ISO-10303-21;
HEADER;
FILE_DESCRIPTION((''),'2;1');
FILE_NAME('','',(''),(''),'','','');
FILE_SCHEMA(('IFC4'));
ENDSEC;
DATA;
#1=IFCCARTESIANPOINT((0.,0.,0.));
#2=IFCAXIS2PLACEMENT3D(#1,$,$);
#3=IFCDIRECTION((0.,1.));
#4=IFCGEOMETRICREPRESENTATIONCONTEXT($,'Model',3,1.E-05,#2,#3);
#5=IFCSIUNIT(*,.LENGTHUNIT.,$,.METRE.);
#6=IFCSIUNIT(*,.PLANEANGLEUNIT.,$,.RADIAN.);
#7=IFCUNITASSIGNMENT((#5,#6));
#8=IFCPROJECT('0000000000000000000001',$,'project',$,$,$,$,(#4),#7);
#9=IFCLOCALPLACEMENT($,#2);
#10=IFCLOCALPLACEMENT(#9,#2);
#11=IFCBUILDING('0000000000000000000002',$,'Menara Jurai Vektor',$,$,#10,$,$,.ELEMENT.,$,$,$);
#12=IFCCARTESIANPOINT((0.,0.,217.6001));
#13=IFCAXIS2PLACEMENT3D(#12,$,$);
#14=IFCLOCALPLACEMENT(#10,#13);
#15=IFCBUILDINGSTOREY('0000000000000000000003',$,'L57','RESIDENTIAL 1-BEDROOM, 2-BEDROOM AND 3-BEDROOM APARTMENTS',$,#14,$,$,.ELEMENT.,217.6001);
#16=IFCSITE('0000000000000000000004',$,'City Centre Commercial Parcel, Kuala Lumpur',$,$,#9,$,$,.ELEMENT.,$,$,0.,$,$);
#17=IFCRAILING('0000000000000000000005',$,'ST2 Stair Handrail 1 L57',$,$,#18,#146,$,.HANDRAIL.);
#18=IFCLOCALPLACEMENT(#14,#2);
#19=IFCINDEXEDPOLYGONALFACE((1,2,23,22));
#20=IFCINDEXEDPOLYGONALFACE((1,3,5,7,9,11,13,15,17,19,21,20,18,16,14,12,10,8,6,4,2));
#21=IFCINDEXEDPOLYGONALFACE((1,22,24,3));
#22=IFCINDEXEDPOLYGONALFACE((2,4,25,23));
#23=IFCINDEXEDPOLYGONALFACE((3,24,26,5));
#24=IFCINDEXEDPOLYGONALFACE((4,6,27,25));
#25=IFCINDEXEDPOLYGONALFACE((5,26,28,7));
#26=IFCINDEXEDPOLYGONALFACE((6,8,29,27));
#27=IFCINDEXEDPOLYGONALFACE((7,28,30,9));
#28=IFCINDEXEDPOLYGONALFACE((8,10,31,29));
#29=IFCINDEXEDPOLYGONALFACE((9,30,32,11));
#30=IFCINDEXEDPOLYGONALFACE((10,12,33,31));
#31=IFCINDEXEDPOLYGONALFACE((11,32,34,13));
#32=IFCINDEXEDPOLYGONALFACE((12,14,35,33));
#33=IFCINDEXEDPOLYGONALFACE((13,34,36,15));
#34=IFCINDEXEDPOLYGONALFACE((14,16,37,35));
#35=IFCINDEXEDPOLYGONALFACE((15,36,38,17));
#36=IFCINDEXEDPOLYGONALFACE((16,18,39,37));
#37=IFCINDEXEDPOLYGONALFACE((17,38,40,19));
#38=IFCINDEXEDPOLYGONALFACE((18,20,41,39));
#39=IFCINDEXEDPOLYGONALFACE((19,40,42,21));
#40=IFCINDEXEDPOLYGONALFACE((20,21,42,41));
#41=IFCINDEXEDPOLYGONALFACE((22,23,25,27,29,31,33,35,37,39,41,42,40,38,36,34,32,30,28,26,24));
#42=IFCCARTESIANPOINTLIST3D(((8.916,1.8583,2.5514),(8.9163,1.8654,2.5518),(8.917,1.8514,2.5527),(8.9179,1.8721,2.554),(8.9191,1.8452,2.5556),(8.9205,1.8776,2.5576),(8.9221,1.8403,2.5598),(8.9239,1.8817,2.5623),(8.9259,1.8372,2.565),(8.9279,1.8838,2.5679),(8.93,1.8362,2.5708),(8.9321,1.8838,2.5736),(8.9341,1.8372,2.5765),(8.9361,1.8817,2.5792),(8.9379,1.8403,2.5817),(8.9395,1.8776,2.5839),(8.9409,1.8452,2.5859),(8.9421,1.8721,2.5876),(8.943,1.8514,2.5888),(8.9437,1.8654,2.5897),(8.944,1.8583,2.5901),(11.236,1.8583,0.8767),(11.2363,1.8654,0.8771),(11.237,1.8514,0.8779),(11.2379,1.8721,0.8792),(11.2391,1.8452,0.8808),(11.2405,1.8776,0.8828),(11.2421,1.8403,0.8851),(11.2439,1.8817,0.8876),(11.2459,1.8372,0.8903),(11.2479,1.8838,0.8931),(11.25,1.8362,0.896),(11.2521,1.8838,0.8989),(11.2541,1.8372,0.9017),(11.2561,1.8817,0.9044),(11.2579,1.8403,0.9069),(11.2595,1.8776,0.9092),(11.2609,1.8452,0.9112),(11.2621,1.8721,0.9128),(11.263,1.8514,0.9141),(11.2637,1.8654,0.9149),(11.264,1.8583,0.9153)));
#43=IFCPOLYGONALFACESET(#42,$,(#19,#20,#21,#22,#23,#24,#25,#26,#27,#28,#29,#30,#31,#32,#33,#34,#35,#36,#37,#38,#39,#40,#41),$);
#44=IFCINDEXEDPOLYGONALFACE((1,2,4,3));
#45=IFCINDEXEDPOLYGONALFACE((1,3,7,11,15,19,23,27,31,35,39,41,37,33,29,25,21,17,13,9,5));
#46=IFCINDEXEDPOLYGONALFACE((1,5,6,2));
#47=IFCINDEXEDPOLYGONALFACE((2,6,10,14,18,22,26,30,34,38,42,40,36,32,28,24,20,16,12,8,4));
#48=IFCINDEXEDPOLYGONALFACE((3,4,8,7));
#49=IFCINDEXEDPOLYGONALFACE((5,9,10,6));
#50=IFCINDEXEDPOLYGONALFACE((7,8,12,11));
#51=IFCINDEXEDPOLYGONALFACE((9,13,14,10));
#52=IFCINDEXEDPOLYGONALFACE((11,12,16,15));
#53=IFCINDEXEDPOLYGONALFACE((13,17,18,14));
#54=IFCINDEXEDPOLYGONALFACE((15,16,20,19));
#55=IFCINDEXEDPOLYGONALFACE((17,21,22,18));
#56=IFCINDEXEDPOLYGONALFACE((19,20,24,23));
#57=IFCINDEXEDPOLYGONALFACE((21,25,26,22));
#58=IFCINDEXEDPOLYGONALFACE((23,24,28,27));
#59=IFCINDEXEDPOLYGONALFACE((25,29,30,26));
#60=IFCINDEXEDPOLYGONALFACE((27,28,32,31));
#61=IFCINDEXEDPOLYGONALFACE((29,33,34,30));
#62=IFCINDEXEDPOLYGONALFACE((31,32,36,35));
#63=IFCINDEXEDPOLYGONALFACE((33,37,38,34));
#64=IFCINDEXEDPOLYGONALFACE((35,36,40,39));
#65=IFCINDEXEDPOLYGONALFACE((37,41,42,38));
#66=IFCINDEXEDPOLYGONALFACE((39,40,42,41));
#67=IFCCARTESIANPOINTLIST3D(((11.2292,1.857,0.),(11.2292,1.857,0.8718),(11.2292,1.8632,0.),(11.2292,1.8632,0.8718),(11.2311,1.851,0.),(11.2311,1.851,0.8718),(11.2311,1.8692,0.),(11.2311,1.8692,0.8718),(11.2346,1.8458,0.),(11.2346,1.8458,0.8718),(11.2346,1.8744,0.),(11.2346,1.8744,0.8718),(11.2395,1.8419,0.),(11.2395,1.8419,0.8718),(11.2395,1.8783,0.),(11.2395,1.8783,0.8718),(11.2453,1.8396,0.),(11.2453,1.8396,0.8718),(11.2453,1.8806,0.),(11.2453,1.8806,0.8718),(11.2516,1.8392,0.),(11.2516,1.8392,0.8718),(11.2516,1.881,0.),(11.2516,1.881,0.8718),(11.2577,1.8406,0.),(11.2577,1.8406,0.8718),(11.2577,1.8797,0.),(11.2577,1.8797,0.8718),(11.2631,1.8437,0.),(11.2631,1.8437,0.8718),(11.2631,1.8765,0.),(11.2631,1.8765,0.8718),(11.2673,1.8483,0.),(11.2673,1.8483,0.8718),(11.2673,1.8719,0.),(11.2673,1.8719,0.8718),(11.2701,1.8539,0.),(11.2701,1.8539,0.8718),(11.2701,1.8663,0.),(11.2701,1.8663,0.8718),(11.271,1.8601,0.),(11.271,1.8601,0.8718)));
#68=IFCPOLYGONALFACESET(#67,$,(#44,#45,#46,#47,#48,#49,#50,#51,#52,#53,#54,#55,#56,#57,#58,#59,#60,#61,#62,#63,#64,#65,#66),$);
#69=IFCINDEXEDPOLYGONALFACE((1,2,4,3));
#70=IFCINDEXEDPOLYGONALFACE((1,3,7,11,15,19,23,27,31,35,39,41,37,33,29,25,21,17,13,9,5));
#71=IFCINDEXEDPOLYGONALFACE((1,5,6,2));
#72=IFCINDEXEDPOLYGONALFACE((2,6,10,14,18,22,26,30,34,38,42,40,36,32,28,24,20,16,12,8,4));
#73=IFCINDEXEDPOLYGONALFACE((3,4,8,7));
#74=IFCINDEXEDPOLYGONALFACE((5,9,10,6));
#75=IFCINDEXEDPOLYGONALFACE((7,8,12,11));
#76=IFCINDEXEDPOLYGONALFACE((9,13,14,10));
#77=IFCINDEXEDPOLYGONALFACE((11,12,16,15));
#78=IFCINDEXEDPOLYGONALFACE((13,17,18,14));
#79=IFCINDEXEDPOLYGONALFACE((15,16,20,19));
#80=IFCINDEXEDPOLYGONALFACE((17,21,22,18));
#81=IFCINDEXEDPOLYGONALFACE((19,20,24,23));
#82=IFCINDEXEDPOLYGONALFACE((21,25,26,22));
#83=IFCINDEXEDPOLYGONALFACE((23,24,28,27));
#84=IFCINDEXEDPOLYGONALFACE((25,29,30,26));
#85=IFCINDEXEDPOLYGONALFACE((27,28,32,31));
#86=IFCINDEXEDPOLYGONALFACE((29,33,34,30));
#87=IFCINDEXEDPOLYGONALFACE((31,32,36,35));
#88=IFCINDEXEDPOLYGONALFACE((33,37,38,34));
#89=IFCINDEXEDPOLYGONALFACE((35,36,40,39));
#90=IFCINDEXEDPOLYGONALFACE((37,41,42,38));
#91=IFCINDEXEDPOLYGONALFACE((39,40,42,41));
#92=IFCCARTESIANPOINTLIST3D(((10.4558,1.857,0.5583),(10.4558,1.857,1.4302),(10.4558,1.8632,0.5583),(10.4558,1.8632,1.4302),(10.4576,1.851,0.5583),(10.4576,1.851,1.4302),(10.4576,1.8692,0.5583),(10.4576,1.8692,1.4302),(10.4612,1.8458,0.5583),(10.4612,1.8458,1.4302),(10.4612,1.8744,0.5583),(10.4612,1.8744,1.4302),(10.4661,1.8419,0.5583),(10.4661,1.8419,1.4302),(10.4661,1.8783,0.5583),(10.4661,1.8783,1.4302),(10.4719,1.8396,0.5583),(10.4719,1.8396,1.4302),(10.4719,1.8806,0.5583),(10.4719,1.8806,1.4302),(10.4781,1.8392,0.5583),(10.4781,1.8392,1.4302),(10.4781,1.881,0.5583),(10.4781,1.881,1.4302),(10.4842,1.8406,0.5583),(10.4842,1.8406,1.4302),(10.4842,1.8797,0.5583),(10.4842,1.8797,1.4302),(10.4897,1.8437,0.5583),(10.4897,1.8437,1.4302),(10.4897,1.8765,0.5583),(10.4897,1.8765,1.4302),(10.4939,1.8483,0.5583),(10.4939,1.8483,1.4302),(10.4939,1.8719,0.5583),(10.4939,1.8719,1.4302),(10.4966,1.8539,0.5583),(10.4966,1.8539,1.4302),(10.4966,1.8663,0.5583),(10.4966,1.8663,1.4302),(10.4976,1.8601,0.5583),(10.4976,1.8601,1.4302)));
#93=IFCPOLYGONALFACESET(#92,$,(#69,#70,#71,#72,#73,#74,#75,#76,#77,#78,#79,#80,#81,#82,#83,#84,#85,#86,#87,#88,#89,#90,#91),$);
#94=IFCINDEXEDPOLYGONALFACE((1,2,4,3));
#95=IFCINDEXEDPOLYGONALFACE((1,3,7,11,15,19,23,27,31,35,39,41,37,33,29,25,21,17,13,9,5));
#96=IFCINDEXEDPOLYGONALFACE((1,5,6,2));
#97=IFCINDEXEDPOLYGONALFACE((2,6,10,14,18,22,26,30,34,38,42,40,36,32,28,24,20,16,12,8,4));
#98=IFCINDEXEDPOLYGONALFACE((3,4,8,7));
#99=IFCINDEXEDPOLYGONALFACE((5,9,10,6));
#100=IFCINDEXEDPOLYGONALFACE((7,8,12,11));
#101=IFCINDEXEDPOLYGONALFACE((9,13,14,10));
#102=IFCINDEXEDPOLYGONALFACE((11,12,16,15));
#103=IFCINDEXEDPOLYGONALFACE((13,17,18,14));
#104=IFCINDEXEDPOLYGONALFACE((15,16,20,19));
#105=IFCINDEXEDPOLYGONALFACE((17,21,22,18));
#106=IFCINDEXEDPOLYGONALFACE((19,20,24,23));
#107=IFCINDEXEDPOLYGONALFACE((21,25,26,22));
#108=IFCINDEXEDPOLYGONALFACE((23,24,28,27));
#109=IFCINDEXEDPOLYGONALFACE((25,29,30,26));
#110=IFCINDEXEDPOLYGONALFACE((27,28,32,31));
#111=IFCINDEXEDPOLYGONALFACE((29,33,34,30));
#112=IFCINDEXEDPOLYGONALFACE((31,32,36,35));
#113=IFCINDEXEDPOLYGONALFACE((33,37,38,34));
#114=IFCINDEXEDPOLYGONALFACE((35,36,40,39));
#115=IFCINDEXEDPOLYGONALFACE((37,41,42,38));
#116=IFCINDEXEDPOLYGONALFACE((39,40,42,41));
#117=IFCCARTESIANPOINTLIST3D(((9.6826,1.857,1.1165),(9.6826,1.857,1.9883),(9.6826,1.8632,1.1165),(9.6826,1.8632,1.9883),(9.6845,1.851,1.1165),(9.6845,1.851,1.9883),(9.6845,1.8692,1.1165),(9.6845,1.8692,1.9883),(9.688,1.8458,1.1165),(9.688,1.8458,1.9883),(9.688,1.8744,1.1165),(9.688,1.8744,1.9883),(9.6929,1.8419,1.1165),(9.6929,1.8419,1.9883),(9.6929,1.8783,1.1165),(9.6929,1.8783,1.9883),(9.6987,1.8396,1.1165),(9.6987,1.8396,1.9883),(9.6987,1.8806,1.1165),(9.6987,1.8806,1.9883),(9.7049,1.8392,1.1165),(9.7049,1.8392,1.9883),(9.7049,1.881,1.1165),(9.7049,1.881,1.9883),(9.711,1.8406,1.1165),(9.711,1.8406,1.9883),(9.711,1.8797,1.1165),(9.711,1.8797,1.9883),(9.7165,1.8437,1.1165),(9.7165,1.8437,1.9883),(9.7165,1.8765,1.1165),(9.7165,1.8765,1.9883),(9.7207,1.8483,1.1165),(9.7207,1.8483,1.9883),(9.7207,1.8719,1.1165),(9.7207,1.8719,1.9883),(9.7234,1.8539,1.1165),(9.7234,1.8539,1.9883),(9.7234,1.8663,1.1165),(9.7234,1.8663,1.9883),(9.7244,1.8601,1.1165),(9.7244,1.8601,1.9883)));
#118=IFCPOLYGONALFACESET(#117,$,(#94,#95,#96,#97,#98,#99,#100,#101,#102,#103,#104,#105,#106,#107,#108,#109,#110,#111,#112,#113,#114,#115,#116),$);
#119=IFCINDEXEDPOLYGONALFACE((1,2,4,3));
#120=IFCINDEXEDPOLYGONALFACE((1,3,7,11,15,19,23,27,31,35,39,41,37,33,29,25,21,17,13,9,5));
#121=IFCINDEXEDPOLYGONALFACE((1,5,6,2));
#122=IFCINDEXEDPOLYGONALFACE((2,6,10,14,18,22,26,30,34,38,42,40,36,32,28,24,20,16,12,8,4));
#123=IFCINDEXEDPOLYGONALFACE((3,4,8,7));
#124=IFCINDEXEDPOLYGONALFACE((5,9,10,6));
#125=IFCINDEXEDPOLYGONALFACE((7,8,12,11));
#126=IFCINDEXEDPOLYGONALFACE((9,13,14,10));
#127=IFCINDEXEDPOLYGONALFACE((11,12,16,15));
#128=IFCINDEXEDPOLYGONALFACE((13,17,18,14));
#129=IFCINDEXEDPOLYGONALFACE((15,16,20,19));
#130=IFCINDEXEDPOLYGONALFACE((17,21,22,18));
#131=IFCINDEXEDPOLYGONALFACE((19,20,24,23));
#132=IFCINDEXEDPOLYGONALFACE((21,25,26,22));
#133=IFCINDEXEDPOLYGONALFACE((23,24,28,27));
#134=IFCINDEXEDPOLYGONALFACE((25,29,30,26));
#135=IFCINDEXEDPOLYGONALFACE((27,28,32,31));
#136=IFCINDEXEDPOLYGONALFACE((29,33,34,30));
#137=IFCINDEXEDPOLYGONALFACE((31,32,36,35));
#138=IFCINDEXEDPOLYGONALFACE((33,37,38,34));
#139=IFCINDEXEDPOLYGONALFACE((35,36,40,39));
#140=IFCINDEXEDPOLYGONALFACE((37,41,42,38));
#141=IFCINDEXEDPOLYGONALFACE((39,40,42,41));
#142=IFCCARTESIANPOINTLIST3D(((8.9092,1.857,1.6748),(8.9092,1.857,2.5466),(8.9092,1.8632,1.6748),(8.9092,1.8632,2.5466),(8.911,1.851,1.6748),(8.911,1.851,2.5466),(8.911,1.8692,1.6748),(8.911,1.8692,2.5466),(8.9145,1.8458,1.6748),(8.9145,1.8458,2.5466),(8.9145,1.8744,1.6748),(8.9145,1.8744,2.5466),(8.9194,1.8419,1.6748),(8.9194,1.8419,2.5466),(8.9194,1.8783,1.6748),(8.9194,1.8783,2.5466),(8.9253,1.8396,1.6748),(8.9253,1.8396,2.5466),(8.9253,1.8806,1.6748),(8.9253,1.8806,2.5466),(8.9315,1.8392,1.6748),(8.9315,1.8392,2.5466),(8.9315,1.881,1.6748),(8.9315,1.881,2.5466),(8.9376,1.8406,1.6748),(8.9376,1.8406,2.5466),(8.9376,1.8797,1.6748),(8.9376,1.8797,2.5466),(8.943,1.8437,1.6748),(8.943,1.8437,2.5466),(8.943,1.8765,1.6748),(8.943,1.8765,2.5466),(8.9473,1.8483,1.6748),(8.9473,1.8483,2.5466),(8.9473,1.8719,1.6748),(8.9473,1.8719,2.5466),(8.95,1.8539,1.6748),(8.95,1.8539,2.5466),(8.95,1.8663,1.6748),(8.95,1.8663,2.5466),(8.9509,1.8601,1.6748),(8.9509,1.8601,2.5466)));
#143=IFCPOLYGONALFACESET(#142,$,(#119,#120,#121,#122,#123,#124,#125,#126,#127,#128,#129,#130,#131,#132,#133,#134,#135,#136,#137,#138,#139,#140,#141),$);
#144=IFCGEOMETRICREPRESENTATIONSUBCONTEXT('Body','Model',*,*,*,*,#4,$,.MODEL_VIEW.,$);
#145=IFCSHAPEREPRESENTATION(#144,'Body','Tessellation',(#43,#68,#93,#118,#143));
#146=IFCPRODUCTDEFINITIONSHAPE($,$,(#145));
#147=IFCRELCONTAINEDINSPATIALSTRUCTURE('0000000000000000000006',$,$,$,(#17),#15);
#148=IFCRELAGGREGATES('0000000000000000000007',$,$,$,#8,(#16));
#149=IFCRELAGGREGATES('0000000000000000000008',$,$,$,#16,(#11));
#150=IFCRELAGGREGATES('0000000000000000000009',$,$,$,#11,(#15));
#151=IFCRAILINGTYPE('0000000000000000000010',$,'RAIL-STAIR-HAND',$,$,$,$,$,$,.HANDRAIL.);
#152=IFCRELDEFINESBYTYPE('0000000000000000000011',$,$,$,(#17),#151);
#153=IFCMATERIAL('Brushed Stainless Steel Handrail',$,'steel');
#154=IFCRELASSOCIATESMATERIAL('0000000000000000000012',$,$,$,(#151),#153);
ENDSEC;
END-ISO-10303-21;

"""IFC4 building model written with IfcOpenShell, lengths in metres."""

from ifc_helpers import new_model, si_unit, direction, frame, origin, origin_2d, place, context, subcontext, project, spatial, circle, extrude, material, type_object, element, save


model = new_model("IFC4")

# Units and contexts
model_context = context("Model", 3, precision=1e-05, world=origin(), true_north=direction((0.0, 1.0)))
body_context = subcontext(model_context, "Body", "Model", "MODEL_VIEW")
ifc_project = project(units=[si_unit("LENGTHUNIT", "METRE"), si_unit("PLANEANGLEUNIT", "RADIAN")], contexts=[model_context])

# Site, building, storey
site_placement = place(None, origin())
site = spatial("IfcSite", under=ifc_project, at=site_placement, Name="City Centre Commercial Parcel, Kuala Lumpur", CompositionType="ELEMENT", RefElevation=0.0)
building_placement = place(site_placement, origin())
building = spatial("IfcBuilding", under=site, at=building_placement, Name="Menara Jurai Vektor", CompositionType="ELEMENT")
storey_placement = place(building_placement, frame((0.0, 0.0, 217.6001)))
storey = spatial("IfcBuildingStorey", under=building, at=storey_placement, Name="L57", Description="RESIDENTIAL 1-BEDROOM, 2-BEDROOM AND 3-BEDROOM APARTMENTS", CompositionType="ELEMENT", Elevation=217.6001)

# Railing
ifc_material_1 = material(Name="Brushed Stainless Steel Handrail", Category="steel")
railing_type_1 = type_object("IfcRailingType", Name="RAIL-STAIR-HAND", PredefinedType="HANDRAIL", material=ifc_material_1)
railing_1_placement = place(storey_placement, frame((11.25, 1.8601, 0.0)))
element("IfcRailing", 1, at=railing_1_placement, inside=storey, type_object=railing_type_1, Name="ST2 Stair Handrail 1 L57", PredefinedType="HANDRAIL", context=body_context, shape_type="SweptSolid", body=[
    extrude(circle(Radius=0.0239, at=origin_2d()), frame((0.0, 0.0, 0.896), z_axis=(-0.810812, 0.0, 0.585307), x_axis=(0.0, -1.0, 0.0)), (0.0, 0.0, 1.0), 2.8613),
    extrude(circle(Radius=0.021, at=origin_2d()), origin(), (0.0, 0.0, 1.0), 0.8718),
    extrude(circle(Radius=0.021, at=origin_2d()), frame((-0.7734, 0.0, 0.5583)), (0.0, 0.0, 1.0), 0.8718),
    extrude(circle(Radius=0.021, at=origin_2d()), frame((-1.5466, 0.0, 1.1165)), (0.0, 0.0, 1.0), 0.8718),
    extrude(circle(Radius=0.021, at=origin_2d()), frame((-2.3201, 0.0, 1.6748)), (0.0, 0.0, 1.0), 0.8718),
])

save(model, "model.ifc")
